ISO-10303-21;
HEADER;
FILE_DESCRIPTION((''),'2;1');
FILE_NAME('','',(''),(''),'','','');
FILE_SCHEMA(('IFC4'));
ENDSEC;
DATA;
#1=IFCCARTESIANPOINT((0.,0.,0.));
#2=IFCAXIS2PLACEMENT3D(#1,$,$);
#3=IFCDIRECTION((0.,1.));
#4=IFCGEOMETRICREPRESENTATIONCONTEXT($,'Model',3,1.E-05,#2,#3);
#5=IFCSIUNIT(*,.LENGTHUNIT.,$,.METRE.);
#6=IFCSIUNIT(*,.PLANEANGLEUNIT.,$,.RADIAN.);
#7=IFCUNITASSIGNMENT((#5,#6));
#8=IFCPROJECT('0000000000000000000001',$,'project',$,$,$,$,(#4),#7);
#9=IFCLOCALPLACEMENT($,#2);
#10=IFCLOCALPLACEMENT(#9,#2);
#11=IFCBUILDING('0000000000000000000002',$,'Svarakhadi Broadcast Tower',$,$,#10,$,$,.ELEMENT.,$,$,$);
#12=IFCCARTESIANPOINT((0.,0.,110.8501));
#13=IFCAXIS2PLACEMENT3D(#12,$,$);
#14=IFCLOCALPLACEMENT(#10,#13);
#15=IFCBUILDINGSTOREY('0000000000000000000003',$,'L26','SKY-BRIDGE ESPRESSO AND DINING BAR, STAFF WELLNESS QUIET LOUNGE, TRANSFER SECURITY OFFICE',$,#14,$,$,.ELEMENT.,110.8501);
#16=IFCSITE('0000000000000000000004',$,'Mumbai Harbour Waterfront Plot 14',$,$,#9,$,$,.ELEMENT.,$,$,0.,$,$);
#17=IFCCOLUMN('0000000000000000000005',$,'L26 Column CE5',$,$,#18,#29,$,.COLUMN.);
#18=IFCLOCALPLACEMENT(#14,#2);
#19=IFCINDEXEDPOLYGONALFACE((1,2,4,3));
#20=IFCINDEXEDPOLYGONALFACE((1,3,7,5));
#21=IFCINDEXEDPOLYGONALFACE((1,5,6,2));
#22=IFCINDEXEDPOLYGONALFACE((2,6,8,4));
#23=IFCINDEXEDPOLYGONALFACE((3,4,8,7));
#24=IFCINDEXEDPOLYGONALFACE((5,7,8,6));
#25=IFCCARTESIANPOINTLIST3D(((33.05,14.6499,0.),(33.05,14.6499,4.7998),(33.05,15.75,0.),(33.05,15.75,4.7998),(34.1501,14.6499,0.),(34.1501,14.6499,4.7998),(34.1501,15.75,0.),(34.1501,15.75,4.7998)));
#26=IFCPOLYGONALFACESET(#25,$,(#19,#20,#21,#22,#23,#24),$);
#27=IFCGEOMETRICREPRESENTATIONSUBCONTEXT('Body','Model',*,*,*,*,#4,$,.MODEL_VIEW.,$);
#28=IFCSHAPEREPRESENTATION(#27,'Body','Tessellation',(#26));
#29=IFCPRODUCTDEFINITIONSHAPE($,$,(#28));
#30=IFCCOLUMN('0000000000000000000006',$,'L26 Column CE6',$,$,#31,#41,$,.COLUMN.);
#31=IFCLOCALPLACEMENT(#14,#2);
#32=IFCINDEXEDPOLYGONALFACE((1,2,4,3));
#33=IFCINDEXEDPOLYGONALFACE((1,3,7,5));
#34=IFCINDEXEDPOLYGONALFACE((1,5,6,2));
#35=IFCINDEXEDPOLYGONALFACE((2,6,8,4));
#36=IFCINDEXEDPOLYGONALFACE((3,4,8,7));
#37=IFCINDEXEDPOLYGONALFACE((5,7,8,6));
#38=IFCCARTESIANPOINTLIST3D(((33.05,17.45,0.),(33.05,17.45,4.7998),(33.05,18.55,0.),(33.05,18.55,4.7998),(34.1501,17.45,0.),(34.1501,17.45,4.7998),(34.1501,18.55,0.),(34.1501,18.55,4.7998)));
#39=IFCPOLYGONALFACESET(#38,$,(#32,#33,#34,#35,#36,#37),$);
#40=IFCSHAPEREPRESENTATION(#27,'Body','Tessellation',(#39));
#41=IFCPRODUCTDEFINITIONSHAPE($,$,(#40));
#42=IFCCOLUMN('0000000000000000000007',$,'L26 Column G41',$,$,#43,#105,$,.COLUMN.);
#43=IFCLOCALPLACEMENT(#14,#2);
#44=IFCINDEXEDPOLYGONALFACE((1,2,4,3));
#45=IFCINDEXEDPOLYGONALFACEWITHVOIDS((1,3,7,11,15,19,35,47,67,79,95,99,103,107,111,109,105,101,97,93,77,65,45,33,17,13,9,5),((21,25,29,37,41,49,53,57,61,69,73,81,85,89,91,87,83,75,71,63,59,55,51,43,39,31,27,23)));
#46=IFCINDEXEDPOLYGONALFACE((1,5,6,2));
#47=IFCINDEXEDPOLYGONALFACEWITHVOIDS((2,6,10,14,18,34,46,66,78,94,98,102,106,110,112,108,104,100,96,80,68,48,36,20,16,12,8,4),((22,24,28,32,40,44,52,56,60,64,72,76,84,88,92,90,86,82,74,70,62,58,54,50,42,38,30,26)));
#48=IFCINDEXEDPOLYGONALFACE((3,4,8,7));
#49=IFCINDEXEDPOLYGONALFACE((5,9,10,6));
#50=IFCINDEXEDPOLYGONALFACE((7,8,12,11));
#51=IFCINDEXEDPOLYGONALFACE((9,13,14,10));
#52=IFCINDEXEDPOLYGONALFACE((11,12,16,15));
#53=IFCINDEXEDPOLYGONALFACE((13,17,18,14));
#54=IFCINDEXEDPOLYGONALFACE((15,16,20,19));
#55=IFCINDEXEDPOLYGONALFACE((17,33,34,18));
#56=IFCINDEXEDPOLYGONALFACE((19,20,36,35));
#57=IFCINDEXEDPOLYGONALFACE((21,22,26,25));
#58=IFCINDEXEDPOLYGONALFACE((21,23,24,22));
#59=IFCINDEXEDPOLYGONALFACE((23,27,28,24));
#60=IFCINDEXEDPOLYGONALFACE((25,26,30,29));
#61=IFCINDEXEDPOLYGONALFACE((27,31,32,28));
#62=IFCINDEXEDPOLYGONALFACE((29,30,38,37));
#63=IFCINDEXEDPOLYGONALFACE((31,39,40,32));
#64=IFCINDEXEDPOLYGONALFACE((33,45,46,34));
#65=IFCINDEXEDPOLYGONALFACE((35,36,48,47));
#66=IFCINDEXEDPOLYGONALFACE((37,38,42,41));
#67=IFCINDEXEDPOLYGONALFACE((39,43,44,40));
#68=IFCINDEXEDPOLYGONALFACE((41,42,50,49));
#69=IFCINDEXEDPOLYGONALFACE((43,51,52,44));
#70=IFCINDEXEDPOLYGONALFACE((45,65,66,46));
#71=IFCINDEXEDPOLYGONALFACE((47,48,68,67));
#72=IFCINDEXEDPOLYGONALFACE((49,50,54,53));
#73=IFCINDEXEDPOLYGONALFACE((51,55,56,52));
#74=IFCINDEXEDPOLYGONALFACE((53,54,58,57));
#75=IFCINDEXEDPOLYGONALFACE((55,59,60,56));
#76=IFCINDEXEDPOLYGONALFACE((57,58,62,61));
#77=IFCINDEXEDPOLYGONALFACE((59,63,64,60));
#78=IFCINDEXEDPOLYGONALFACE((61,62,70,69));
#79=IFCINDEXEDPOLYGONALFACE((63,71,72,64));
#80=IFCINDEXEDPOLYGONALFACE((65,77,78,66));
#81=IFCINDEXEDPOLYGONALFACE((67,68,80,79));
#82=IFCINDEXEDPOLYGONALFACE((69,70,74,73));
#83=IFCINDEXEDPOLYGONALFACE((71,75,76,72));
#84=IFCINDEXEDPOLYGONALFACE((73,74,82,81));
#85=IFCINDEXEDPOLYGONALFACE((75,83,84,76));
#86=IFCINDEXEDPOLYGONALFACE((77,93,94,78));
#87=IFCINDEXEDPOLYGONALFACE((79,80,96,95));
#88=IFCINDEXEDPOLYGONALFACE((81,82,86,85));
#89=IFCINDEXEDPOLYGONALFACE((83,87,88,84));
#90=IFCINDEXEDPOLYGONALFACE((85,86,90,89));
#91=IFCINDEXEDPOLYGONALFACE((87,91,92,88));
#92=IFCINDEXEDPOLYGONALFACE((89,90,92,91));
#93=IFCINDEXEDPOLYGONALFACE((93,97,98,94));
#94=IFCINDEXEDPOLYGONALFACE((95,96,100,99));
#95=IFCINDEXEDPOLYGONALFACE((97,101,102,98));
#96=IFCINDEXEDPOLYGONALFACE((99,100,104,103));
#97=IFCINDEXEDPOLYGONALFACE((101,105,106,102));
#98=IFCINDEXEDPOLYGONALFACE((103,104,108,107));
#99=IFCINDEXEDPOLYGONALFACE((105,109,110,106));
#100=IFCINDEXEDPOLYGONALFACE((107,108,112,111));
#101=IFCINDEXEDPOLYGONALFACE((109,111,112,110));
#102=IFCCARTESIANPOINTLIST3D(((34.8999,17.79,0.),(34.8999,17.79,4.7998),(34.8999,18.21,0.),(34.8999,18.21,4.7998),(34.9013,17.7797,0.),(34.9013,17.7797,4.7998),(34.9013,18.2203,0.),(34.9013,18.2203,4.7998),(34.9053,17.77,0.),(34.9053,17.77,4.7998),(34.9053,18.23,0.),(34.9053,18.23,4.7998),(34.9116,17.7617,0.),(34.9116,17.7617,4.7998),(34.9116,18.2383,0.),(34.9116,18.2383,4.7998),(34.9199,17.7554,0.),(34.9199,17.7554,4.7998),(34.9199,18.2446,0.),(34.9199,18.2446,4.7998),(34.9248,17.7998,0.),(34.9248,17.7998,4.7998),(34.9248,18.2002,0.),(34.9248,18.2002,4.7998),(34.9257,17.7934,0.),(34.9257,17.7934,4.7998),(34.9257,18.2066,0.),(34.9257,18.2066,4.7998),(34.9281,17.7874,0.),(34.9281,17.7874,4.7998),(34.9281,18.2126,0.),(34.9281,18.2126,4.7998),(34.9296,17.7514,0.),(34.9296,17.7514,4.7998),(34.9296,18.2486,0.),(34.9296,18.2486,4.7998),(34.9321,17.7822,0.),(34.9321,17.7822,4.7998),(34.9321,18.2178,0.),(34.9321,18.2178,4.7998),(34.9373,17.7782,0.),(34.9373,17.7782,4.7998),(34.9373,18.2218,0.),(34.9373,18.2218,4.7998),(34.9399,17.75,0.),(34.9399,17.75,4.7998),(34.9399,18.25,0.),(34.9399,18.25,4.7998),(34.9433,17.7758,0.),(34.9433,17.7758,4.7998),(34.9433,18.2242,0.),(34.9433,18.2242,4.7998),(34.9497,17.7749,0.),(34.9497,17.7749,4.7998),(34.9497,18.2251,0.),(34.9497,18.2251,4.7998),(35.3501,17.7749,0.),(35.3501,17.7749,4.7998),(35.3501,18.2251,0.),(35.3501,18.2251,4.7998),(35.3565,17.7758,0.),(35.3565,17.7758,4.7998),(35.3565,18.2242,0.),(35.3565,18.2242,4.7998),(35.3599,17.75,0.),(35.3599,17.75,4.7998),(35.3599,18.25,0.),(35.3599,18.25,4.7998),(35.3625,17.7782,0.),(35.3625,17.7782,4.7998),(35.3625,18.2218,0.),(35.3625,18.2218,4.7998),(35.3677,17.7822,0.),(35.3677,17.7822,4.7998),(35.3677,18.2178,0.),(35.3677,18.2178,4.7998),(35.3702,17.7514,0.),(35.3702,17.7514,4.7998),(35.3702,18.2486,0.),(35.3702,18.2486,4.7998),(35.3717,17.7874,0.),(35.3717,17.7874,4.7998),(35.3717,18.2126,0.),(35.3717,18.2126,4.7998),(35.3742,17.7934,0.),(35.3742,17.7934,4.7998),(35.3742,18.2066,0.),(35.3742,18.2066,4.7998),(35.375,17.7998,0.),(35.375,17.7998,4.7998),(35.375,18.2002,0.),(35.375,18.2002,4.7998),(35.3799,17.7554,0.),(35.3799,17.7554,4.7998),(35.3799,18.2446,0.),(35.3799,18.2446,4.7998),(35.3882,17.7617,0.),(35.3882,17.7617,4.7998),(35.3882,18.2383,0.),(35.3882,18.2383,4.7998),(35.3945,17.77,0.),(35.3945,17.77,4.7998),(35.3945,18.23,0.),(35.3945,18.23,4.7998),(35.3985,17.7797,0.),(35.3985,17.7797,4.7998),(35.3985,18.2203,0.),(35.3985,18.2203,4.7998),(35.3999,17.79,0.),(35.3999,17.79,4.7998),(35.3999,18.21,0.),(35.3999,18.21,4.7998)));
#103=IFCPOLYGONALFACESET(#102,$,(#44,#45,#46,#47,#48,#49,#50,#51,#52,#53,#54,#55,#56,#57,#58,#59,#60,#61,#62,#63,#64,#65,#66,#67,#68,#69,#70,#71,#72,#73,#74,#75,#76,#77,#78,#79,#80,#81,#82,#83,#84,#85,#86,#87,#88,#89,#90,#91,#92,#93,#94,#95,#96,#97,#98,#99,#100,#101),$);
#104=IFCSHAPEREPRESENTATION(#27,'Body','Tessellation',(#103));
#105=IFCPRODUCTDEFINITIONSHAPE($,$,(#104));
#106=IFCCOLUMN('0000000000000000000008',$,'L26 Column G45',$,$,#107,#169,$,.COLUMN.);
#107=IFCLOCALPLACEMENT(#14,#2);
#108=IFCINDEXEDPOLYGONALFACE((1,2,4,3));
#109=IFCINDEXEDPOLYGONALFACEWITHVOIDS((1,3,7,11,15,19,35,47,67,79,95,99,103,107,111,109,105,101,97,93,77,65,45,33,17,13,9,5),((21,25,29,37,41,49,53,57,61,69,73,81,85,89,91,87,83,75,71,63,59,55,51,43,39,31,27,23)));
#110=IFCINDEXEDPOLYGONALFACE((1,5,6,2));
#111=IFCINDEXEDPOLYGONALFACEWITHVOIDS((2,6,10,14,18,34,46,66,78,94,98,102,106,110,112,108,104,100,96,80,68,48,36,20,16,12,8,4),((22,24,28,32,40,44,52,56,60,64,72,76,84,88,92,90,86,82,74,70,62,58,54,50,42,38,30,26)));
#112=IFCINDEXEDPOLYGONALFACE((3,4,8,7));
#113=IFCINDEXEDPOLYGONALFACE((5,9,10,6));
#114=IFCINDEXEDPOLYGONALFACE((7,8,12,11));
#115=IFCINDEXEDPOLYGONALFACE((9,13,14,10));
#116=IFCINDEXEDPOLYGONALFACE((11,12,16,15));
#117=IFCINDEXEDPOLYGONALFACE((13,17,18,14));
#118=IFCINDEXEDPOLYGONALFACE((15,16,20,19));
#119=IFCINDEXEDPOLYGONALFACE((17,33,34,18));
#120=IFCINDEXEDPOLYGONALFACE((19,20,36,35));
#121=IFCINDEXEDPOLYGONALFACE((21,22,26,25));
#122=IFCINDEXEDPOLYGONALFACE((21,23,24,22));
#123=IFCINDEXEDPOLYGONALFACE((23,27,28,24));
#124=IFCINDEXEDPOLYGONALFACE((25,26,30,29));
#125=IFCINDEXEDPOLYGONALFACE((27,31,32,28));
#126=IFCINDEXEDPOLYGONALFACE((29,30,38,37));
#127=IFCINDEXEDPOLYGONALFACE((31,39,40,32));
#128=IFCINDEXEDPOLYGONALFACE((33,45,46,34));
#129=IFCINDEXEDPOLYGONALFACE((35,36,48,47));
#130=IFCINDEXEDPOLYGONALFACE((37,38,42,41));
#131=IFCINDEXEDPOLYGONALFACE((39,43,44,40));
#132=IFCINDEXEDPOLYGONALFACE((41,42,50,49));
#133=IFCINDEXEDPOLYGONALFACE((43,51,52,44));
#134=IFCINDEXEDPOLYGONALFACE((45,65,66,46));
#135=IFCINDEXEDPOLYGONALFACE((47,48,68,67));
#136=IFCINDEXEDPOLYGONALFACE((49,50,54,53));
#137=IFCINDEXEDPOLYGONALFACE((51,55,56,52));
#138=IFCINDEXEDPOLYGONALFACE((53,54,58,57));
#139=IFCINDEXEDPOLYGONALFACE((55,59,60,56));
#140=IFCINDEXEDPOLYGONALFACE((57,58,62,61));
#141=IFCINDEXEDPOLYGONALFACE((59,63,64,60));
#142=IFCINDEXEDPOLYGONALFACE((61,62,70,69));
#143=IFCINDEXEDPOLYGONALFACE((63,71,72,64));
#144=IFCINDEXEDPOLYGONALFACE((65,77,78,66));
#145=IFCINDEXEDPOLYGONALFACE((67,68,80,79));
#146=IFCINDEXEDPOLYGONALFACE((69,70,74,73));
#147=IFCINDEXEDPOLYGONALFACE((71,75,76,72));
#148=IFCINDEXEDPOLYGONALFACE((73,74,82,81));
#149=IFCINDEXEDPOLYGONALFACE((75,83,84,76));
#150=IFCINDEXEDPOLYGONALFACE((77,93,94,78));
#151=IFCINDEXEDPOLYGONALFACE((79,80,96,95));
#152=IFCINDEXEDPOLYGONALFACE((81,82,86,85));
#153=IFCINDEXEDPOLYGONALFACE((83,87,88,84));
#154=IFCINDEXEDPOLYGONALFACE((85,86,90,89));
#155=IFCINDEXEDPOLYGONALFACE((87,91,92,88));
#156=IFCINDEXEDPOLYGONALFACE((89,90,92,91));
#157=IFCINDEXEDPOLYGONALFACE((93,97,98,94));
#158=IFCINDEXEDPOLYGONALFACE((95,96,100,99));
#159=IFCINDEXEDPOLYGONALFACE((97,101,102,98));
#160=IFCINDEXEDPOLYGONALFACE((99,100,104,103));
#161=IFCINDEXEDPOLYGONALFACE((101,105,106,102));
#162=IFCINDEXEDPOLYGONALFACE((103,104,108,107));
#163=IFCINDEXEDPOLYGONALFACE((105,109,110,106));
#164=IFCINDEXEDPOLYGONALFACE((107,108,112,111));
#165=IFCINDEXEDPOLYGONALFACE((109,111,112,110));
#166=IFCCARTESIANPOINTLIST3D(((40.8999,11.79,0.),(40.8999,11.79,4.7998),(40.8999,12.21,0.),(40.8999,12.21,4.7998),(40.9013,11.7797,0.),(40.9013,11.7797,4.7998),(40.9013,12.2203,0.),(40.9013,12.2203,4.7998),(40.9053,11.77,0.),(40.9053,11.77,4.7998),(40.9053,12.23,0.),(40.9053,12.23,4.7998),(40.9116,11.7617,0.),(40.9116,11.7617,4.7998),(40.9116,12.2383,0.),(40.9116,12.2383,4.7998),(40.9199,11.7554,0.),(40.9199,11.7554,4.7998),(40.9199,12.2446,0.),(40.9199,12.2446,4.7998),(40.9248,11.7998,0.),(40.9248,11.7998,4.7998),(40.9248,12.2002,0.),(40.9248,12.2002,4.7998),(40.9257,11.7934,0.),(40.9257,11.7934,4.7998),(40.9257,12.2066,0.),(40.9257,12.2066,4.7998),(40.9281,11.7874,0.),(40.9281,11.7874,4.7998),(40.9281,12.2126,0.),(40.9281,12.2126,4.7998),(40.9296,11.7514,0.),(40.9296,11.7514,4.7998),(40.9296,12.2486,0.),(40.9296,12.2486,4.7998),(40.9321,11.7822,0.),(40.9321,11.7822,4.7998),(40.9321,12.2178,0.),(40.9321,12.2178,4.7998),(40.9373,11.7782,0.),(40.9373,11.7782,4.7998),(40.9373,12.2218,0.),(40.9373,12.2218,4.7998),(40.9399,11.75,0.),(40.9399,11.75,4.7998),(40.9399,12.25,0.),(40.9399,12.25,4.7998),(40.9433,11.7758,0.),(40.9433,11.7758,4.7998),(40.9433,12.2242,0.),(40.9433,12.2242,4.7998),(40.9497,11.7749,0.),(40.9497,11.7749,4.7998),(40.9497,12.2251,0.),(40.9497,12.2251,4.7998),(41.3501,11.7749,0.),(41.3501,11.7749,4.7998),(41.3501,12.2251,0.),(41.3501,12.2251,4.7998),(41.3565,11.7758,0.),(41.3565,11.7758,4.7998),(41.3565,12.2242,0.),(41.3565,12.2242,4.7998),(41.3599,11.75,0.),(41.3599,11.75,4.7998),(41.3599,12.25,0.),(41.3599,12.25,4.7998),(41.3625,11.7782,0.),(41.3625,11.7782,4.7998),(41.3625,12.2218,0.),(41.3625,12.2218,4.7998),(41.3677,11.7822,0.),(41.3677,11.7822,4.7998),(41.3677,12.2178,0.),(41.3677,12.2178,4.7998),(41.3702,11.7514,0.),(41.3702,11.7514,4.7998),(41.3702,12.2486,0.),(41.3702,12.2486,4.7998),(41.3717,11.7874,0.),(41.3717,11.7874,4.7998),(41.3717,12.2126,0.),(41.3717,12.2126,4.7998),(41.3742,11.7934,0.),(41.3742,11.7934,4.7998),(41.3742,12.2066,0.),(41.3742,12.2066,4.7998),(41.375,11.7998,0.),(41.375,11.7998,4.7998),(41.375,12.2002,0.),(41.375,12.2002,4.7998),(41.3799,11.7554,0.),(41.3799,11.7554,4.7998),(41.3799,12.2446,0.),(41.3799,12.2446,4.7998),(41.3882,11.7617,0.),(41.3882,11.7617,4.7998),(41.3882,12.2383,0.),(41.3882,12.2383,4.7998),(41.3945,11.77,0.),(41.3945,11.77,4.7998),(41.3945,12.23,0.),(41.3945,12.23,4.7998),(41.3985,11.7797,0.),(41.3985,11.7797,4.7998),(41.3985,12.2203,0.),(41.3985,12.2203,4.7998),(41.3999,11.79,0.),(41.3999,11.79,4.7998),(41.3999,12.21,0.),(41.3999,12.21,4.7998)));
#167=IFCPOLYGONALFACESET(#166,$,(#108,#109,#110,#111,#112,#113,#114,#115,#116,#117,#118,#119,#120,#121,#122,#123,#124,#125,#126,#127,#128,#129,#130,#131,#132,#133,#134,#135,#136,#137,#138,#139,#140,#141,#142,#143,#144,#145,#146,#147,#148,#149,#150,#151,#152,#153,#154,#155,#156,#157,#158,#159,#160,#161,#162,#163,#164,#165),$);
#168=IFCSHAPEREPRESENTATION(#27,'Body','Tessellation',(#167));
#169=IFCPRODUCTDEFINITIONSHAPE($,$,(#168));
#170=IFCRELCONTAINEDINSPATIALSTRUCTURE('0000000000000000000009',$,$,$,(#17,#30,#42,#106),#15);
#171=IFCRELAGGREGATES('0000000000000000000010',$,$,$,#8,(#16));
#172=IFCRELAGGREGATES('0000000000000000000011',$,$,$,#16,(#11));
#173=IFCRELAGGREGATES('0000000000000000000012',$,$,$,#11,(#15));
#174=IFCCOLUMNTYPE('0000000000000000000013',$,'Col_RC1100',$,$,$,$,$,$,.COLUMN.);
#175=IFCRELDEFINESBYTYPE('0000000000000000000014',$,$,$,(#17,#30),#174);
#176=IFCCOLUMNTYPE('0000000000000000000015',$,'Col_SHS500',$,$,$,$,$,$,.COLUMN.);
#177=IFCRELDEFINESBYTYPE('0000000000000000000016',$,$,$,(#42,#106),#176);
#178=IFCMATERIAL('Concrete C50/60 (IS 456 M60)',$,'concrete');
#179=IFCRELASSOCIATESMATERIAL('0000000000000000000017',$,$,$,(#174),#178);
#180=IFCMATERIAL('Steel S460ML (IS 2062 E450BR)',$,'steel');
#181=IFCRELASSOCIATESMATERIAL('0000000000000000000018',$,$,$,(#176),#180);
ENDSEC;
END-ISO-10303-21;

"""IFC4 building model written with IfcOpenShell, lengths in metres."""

from ifc_helpers import new_model, si_unit, direction, frame, origin, origin_2d, place, context, subcontext, project, spatial, rectangle, hollow_rectangle, extrude, material, material_profile, profile_set, type_object, element, save


model = new_model("IFC4")

# Units and contexts
model_context = context("Model", 3, precision=1e-05, world=origin(), true_north=direction((0.0, 1.0)))
body_context = subcontext(model_context, "Body", "Model", "MODEL_VIEW")
ifc_project = project(units=[si_unit("LENGTHUNIT", "METRE"), si_unit("PLANEANGLEUNIT", "RADIAN")], contexts=[model_context])

# Site, building, storey
site_placement = place(None, origin())
site = spatial("IfcSite", under=ifc_project, at=site_placement, Name="Mumbai Harbour Waterfront Plot 14", CompositionType="ELEMENT", RefElevation=0.0)
building_placement = place(site_placement, origin())
building = spatial("IfcBuilding", under=site, at=building_placement, Name="Svarakhadi Broadcast Tower", CompositionType="ELEMENT")
storey_placement = place(building_placement, frame((0.0, 0.0, 110.8501)))
storey = spatial("IfcBuildingStorey", under=building, at=storey_placement, Name="L26", Description="SKY-BRIDGE ESPRESSO AND DINING BAR, STAFF WELLNESS QUIET LOUNGE, TRANSFER SECURITY OFFICE", CompositionType="ELEMENT", Elevation=110.8501)

# Columns
ifc_material_1 = material(Name="Concrete C50/60 (IS 456 M60)", Category="concrete")
ifc_material_profile_1 = material_profile(ifc_material_1, rectangle(XDim=1.1001, YDim=1.1001, at=origin_2d()), Name="RC 1100x1100")
ifc_profile_set_1 = profile_set([ifc_material_profile_1], Name="Concrete C50/60 (IS 456 M60)")
column_type_1 = type_object("IfcColumnType", Name="Col_RC1100", PredefinedType="COLUMN", material=ifc_profile_set_1)
for number, where, z_axis, x_axis, name in (
    (1, (33.6001, 15.2, 0.0), (0.0, 0.0, 1.0), (1.0, 0.0, 0.0), "L26 Column CE5"),
    (2, (33.6001, 18.0, 0.0), (0.0, 0.0, 1.0), (1.0, 0.0, 0.0), "L26 Column CE6"),
):
    element("IfcColumn", number, at=place(storey_placement, frame(where, z_axis=z_axis, x_axis=x_axis)), inside=storey, type_object=column_type_1, Name=name, PredefinedType="COLUMN", context=body_context, shape_type="SweptSolid", body=[
        extrude(rectangle(XDim=1.1001, YDim=1.1001, at=origin_2d()), origin(), (0.0, 0.0, 1.0), 4.7998),
    ])
ifc_material_2 = material(Name="Steel S460ML (IS 2062 E450BR)", Category="steel")
ifc_material_profile_2 = material_profile(ifc_material_2, hollow_rectangle(XDim=0.5, YDim=0.5, WallThickness=0.0249, InnerFilletRadius=0.0249, OuterFilletRadius=0.04, at=origin_2d()), Name="SHS 500x500x25")
ifc_profile_set_2 = profile_set([ifc_material_profile_2], Name="Steel S460ML (IS 2062 E450BR)")
column_type_2 = type_object("IfcColumnType", Name="Col_SHS500", PredefinedType="COLUMN", material=ifc_profile_set_2)
for number, where, z_axis, x_axis, name in (
    (3, (35.1499, 18.0, 0.0), (0.0, 0.0, 1.0), (1.0, 0.0, 0.0), "L26 Column G41"),
    (4, (41.1499, 12.0, 0.0), (0.0, 0.0, 1.0), (1.0, 0.0, 0.0), "L26 Column G45"),
):
    element("IfcColumn", number, at=place(storey_placement, frame(where, z_axis=z_axis, x_axis=x_axis)), inside=storey, type_object=column_type_2, Name=name, PredefinedType="COLUMN", context=body_context, shape_type="SweptSolid", body=[
        extrude(hollow_rectangle(XDim=0.5, YDim=0.5, WallThickness=0.0249, InnerFilletRadius=0.0249, OuterFilletRadius=0.04, at=origin_2d()), origin(), (0.0, 0.0, 1.0), 4.7998),
    ])

save(model, "model.ifc")
